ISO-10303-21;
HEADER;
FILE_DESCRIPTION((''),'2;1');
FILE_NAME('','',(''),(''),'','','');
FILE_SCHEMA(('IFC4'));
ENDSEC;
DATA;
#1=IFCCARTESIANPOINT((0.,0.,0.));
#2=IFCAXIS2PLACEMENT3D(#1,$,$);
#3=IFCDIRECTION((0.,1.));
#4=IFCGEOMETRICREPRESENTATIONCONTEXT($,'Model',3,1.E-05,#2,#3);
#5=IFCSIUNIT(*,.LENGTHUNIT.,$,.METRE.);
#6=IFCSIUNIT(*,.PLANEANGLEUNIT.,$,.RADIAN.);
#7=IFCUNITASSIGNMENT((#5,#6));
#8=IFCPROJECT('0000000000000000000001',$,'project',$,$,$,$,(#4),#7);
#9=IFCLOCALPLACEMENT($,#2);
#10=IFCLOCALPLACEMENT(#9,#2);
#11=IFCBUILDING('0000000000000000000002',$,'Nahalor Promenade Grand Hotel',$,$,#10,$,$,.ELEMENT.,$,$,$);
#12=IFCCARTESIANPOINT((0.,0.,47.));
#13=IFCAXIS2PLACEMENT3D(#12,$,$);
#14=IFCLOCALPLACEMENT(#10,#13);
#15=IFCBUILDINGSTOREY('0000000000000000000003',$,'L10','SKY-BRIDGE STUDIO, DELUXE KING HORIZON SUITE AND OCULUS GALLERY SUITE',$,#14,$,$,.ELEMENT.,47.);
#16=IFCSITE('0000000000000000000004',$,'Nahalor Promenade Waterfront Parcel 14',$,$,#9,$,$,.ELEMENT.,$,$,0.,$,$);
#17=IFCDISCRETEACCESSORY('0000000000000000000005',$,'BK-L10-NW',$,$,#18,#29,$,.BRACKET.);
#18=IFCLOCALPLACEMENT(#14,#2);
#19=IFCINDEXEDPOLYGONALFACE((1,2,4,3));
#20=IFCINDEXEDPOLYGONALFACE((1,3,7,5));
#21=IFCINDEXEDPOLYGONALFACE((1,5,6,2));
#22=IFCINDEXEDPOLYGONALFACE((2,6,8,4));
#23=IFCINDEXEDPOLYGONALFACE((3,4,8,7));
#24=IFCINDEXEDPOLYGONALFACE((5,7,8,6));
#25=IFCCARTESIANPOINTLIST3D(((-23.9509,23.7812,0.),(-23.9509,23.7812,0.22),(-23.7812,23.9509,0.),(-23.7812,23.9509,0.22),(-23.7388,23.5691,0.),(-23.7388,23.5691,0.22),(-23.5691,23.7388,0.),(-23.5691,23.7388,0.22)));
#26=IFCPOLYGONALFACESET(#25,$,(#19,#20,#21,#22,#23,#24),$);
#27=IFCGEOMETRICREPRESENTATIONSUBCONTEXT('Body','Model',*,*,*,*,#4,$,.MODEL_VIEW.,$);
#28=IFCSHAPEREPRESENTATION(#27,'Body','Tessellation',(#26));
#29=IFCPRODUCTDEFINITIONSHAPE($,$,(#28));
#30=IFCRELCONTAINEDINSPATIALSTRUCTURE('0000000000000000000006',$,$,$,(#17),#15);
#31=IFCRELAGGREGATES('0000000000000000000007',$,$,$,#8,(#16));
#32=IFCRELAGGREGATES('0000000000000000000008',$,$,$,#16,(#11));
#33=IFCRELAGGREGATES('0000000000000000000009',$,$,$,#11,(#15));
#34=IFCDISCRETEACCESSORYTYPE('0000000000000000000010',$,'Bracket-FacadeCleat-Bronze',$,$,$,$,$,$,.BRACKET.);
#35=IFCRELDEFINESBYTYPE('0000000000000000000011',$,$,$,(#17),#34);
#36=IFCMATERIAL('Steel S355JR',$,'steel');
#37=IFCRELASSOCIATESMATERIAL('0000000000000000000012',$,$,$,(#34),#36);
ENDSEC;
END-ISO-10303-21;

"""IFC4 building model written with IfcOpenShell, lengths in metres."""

from ifc_helpers import new_model, si_unit, direction, frame, origin, origin_2d, place, context, subcontext, project, spatial, rectangle, extrude, source, transform, mapped, material, type_object, element, save


model = new_model("IFC4")

# Units and contexts
model_context = context("Model", 3, precision=1e-05, world=origin(), true_north=direction((0.0, 1.0)))
body_context = subcontext(model_context, "Body", "Model", "MODEL_VIEW")
ifc_project = project(units=[si_unit("LENGTHUNIT", "METRE"), si_unit("PLANEANGLEUNIT", "RADIAN")], contexts=[model_context])

# Site, building, storey
site_placement = place(None, origin())
site = spatial("IfcSite", under=ifc_project, at=site_placement, Name="Nahalor Promenade Waterfront Parcel 14", CompositionType="ELEMENT", RefElevation=0.0)
building_placement = place(site_placement, origin())
building = spatial("IfcBuilding", under=site, at=building_placement, Name="Nahalor Promenade Grand Hotel", CompositionType="ELEMENT")
storey_placement = place(building_placement, frame((0.0, 0.0, 47.0)))
storey = spatial("IfcBuildingStorey", under=building, at=storey_placement, Name="L10", Description="SKY-BRIDGE STUDIO, DELUXE KING HORIZON SUITE AND OCULUS GALLERY SUITE", CompositionType="ELEMENT", Elevation=47.0)

# Shared definitions
ifc_material_1 = material(Name="Steel S355JR", Category="steel")

# Discrete accessory
discrete_accessory_type = type_object("IfcDiscreteAccessoryType", Name="Bracket-FacadeCleat-Bronze", PredefinedType="BRACKET", material=ifc_material_1)
shared_shape_1 = source(origin(), body_context, "Body", "SweptSolid", [
    extrude(rectangle(XDim=0.3, YDim=0.24, at=origin_2d()), origin(), (0.0, 0.0, 1.0), 0.22),
])
discrete_accessory_placement = place(storey_placement, frame((-23.76, 23.76, 0.0), z_axis=(0.0, 0.0, 1.0), x_axis=(-0.707107, 0.707107, 0.0)))
element("IfcDiscreteAccessory", 1, at=discrete_accessory_placement, inside=storey, type_object=discrete_accessory_type, Name="BK-L10-NW", PredefinedType="BRACKET", context=body_context, shape_type="MappedRepresentation", body=[
    mapped(shared_shape_1, transform((0.0, 0.0, 0.0), scale=1.0)),
])

save(model, "model.ifc")
